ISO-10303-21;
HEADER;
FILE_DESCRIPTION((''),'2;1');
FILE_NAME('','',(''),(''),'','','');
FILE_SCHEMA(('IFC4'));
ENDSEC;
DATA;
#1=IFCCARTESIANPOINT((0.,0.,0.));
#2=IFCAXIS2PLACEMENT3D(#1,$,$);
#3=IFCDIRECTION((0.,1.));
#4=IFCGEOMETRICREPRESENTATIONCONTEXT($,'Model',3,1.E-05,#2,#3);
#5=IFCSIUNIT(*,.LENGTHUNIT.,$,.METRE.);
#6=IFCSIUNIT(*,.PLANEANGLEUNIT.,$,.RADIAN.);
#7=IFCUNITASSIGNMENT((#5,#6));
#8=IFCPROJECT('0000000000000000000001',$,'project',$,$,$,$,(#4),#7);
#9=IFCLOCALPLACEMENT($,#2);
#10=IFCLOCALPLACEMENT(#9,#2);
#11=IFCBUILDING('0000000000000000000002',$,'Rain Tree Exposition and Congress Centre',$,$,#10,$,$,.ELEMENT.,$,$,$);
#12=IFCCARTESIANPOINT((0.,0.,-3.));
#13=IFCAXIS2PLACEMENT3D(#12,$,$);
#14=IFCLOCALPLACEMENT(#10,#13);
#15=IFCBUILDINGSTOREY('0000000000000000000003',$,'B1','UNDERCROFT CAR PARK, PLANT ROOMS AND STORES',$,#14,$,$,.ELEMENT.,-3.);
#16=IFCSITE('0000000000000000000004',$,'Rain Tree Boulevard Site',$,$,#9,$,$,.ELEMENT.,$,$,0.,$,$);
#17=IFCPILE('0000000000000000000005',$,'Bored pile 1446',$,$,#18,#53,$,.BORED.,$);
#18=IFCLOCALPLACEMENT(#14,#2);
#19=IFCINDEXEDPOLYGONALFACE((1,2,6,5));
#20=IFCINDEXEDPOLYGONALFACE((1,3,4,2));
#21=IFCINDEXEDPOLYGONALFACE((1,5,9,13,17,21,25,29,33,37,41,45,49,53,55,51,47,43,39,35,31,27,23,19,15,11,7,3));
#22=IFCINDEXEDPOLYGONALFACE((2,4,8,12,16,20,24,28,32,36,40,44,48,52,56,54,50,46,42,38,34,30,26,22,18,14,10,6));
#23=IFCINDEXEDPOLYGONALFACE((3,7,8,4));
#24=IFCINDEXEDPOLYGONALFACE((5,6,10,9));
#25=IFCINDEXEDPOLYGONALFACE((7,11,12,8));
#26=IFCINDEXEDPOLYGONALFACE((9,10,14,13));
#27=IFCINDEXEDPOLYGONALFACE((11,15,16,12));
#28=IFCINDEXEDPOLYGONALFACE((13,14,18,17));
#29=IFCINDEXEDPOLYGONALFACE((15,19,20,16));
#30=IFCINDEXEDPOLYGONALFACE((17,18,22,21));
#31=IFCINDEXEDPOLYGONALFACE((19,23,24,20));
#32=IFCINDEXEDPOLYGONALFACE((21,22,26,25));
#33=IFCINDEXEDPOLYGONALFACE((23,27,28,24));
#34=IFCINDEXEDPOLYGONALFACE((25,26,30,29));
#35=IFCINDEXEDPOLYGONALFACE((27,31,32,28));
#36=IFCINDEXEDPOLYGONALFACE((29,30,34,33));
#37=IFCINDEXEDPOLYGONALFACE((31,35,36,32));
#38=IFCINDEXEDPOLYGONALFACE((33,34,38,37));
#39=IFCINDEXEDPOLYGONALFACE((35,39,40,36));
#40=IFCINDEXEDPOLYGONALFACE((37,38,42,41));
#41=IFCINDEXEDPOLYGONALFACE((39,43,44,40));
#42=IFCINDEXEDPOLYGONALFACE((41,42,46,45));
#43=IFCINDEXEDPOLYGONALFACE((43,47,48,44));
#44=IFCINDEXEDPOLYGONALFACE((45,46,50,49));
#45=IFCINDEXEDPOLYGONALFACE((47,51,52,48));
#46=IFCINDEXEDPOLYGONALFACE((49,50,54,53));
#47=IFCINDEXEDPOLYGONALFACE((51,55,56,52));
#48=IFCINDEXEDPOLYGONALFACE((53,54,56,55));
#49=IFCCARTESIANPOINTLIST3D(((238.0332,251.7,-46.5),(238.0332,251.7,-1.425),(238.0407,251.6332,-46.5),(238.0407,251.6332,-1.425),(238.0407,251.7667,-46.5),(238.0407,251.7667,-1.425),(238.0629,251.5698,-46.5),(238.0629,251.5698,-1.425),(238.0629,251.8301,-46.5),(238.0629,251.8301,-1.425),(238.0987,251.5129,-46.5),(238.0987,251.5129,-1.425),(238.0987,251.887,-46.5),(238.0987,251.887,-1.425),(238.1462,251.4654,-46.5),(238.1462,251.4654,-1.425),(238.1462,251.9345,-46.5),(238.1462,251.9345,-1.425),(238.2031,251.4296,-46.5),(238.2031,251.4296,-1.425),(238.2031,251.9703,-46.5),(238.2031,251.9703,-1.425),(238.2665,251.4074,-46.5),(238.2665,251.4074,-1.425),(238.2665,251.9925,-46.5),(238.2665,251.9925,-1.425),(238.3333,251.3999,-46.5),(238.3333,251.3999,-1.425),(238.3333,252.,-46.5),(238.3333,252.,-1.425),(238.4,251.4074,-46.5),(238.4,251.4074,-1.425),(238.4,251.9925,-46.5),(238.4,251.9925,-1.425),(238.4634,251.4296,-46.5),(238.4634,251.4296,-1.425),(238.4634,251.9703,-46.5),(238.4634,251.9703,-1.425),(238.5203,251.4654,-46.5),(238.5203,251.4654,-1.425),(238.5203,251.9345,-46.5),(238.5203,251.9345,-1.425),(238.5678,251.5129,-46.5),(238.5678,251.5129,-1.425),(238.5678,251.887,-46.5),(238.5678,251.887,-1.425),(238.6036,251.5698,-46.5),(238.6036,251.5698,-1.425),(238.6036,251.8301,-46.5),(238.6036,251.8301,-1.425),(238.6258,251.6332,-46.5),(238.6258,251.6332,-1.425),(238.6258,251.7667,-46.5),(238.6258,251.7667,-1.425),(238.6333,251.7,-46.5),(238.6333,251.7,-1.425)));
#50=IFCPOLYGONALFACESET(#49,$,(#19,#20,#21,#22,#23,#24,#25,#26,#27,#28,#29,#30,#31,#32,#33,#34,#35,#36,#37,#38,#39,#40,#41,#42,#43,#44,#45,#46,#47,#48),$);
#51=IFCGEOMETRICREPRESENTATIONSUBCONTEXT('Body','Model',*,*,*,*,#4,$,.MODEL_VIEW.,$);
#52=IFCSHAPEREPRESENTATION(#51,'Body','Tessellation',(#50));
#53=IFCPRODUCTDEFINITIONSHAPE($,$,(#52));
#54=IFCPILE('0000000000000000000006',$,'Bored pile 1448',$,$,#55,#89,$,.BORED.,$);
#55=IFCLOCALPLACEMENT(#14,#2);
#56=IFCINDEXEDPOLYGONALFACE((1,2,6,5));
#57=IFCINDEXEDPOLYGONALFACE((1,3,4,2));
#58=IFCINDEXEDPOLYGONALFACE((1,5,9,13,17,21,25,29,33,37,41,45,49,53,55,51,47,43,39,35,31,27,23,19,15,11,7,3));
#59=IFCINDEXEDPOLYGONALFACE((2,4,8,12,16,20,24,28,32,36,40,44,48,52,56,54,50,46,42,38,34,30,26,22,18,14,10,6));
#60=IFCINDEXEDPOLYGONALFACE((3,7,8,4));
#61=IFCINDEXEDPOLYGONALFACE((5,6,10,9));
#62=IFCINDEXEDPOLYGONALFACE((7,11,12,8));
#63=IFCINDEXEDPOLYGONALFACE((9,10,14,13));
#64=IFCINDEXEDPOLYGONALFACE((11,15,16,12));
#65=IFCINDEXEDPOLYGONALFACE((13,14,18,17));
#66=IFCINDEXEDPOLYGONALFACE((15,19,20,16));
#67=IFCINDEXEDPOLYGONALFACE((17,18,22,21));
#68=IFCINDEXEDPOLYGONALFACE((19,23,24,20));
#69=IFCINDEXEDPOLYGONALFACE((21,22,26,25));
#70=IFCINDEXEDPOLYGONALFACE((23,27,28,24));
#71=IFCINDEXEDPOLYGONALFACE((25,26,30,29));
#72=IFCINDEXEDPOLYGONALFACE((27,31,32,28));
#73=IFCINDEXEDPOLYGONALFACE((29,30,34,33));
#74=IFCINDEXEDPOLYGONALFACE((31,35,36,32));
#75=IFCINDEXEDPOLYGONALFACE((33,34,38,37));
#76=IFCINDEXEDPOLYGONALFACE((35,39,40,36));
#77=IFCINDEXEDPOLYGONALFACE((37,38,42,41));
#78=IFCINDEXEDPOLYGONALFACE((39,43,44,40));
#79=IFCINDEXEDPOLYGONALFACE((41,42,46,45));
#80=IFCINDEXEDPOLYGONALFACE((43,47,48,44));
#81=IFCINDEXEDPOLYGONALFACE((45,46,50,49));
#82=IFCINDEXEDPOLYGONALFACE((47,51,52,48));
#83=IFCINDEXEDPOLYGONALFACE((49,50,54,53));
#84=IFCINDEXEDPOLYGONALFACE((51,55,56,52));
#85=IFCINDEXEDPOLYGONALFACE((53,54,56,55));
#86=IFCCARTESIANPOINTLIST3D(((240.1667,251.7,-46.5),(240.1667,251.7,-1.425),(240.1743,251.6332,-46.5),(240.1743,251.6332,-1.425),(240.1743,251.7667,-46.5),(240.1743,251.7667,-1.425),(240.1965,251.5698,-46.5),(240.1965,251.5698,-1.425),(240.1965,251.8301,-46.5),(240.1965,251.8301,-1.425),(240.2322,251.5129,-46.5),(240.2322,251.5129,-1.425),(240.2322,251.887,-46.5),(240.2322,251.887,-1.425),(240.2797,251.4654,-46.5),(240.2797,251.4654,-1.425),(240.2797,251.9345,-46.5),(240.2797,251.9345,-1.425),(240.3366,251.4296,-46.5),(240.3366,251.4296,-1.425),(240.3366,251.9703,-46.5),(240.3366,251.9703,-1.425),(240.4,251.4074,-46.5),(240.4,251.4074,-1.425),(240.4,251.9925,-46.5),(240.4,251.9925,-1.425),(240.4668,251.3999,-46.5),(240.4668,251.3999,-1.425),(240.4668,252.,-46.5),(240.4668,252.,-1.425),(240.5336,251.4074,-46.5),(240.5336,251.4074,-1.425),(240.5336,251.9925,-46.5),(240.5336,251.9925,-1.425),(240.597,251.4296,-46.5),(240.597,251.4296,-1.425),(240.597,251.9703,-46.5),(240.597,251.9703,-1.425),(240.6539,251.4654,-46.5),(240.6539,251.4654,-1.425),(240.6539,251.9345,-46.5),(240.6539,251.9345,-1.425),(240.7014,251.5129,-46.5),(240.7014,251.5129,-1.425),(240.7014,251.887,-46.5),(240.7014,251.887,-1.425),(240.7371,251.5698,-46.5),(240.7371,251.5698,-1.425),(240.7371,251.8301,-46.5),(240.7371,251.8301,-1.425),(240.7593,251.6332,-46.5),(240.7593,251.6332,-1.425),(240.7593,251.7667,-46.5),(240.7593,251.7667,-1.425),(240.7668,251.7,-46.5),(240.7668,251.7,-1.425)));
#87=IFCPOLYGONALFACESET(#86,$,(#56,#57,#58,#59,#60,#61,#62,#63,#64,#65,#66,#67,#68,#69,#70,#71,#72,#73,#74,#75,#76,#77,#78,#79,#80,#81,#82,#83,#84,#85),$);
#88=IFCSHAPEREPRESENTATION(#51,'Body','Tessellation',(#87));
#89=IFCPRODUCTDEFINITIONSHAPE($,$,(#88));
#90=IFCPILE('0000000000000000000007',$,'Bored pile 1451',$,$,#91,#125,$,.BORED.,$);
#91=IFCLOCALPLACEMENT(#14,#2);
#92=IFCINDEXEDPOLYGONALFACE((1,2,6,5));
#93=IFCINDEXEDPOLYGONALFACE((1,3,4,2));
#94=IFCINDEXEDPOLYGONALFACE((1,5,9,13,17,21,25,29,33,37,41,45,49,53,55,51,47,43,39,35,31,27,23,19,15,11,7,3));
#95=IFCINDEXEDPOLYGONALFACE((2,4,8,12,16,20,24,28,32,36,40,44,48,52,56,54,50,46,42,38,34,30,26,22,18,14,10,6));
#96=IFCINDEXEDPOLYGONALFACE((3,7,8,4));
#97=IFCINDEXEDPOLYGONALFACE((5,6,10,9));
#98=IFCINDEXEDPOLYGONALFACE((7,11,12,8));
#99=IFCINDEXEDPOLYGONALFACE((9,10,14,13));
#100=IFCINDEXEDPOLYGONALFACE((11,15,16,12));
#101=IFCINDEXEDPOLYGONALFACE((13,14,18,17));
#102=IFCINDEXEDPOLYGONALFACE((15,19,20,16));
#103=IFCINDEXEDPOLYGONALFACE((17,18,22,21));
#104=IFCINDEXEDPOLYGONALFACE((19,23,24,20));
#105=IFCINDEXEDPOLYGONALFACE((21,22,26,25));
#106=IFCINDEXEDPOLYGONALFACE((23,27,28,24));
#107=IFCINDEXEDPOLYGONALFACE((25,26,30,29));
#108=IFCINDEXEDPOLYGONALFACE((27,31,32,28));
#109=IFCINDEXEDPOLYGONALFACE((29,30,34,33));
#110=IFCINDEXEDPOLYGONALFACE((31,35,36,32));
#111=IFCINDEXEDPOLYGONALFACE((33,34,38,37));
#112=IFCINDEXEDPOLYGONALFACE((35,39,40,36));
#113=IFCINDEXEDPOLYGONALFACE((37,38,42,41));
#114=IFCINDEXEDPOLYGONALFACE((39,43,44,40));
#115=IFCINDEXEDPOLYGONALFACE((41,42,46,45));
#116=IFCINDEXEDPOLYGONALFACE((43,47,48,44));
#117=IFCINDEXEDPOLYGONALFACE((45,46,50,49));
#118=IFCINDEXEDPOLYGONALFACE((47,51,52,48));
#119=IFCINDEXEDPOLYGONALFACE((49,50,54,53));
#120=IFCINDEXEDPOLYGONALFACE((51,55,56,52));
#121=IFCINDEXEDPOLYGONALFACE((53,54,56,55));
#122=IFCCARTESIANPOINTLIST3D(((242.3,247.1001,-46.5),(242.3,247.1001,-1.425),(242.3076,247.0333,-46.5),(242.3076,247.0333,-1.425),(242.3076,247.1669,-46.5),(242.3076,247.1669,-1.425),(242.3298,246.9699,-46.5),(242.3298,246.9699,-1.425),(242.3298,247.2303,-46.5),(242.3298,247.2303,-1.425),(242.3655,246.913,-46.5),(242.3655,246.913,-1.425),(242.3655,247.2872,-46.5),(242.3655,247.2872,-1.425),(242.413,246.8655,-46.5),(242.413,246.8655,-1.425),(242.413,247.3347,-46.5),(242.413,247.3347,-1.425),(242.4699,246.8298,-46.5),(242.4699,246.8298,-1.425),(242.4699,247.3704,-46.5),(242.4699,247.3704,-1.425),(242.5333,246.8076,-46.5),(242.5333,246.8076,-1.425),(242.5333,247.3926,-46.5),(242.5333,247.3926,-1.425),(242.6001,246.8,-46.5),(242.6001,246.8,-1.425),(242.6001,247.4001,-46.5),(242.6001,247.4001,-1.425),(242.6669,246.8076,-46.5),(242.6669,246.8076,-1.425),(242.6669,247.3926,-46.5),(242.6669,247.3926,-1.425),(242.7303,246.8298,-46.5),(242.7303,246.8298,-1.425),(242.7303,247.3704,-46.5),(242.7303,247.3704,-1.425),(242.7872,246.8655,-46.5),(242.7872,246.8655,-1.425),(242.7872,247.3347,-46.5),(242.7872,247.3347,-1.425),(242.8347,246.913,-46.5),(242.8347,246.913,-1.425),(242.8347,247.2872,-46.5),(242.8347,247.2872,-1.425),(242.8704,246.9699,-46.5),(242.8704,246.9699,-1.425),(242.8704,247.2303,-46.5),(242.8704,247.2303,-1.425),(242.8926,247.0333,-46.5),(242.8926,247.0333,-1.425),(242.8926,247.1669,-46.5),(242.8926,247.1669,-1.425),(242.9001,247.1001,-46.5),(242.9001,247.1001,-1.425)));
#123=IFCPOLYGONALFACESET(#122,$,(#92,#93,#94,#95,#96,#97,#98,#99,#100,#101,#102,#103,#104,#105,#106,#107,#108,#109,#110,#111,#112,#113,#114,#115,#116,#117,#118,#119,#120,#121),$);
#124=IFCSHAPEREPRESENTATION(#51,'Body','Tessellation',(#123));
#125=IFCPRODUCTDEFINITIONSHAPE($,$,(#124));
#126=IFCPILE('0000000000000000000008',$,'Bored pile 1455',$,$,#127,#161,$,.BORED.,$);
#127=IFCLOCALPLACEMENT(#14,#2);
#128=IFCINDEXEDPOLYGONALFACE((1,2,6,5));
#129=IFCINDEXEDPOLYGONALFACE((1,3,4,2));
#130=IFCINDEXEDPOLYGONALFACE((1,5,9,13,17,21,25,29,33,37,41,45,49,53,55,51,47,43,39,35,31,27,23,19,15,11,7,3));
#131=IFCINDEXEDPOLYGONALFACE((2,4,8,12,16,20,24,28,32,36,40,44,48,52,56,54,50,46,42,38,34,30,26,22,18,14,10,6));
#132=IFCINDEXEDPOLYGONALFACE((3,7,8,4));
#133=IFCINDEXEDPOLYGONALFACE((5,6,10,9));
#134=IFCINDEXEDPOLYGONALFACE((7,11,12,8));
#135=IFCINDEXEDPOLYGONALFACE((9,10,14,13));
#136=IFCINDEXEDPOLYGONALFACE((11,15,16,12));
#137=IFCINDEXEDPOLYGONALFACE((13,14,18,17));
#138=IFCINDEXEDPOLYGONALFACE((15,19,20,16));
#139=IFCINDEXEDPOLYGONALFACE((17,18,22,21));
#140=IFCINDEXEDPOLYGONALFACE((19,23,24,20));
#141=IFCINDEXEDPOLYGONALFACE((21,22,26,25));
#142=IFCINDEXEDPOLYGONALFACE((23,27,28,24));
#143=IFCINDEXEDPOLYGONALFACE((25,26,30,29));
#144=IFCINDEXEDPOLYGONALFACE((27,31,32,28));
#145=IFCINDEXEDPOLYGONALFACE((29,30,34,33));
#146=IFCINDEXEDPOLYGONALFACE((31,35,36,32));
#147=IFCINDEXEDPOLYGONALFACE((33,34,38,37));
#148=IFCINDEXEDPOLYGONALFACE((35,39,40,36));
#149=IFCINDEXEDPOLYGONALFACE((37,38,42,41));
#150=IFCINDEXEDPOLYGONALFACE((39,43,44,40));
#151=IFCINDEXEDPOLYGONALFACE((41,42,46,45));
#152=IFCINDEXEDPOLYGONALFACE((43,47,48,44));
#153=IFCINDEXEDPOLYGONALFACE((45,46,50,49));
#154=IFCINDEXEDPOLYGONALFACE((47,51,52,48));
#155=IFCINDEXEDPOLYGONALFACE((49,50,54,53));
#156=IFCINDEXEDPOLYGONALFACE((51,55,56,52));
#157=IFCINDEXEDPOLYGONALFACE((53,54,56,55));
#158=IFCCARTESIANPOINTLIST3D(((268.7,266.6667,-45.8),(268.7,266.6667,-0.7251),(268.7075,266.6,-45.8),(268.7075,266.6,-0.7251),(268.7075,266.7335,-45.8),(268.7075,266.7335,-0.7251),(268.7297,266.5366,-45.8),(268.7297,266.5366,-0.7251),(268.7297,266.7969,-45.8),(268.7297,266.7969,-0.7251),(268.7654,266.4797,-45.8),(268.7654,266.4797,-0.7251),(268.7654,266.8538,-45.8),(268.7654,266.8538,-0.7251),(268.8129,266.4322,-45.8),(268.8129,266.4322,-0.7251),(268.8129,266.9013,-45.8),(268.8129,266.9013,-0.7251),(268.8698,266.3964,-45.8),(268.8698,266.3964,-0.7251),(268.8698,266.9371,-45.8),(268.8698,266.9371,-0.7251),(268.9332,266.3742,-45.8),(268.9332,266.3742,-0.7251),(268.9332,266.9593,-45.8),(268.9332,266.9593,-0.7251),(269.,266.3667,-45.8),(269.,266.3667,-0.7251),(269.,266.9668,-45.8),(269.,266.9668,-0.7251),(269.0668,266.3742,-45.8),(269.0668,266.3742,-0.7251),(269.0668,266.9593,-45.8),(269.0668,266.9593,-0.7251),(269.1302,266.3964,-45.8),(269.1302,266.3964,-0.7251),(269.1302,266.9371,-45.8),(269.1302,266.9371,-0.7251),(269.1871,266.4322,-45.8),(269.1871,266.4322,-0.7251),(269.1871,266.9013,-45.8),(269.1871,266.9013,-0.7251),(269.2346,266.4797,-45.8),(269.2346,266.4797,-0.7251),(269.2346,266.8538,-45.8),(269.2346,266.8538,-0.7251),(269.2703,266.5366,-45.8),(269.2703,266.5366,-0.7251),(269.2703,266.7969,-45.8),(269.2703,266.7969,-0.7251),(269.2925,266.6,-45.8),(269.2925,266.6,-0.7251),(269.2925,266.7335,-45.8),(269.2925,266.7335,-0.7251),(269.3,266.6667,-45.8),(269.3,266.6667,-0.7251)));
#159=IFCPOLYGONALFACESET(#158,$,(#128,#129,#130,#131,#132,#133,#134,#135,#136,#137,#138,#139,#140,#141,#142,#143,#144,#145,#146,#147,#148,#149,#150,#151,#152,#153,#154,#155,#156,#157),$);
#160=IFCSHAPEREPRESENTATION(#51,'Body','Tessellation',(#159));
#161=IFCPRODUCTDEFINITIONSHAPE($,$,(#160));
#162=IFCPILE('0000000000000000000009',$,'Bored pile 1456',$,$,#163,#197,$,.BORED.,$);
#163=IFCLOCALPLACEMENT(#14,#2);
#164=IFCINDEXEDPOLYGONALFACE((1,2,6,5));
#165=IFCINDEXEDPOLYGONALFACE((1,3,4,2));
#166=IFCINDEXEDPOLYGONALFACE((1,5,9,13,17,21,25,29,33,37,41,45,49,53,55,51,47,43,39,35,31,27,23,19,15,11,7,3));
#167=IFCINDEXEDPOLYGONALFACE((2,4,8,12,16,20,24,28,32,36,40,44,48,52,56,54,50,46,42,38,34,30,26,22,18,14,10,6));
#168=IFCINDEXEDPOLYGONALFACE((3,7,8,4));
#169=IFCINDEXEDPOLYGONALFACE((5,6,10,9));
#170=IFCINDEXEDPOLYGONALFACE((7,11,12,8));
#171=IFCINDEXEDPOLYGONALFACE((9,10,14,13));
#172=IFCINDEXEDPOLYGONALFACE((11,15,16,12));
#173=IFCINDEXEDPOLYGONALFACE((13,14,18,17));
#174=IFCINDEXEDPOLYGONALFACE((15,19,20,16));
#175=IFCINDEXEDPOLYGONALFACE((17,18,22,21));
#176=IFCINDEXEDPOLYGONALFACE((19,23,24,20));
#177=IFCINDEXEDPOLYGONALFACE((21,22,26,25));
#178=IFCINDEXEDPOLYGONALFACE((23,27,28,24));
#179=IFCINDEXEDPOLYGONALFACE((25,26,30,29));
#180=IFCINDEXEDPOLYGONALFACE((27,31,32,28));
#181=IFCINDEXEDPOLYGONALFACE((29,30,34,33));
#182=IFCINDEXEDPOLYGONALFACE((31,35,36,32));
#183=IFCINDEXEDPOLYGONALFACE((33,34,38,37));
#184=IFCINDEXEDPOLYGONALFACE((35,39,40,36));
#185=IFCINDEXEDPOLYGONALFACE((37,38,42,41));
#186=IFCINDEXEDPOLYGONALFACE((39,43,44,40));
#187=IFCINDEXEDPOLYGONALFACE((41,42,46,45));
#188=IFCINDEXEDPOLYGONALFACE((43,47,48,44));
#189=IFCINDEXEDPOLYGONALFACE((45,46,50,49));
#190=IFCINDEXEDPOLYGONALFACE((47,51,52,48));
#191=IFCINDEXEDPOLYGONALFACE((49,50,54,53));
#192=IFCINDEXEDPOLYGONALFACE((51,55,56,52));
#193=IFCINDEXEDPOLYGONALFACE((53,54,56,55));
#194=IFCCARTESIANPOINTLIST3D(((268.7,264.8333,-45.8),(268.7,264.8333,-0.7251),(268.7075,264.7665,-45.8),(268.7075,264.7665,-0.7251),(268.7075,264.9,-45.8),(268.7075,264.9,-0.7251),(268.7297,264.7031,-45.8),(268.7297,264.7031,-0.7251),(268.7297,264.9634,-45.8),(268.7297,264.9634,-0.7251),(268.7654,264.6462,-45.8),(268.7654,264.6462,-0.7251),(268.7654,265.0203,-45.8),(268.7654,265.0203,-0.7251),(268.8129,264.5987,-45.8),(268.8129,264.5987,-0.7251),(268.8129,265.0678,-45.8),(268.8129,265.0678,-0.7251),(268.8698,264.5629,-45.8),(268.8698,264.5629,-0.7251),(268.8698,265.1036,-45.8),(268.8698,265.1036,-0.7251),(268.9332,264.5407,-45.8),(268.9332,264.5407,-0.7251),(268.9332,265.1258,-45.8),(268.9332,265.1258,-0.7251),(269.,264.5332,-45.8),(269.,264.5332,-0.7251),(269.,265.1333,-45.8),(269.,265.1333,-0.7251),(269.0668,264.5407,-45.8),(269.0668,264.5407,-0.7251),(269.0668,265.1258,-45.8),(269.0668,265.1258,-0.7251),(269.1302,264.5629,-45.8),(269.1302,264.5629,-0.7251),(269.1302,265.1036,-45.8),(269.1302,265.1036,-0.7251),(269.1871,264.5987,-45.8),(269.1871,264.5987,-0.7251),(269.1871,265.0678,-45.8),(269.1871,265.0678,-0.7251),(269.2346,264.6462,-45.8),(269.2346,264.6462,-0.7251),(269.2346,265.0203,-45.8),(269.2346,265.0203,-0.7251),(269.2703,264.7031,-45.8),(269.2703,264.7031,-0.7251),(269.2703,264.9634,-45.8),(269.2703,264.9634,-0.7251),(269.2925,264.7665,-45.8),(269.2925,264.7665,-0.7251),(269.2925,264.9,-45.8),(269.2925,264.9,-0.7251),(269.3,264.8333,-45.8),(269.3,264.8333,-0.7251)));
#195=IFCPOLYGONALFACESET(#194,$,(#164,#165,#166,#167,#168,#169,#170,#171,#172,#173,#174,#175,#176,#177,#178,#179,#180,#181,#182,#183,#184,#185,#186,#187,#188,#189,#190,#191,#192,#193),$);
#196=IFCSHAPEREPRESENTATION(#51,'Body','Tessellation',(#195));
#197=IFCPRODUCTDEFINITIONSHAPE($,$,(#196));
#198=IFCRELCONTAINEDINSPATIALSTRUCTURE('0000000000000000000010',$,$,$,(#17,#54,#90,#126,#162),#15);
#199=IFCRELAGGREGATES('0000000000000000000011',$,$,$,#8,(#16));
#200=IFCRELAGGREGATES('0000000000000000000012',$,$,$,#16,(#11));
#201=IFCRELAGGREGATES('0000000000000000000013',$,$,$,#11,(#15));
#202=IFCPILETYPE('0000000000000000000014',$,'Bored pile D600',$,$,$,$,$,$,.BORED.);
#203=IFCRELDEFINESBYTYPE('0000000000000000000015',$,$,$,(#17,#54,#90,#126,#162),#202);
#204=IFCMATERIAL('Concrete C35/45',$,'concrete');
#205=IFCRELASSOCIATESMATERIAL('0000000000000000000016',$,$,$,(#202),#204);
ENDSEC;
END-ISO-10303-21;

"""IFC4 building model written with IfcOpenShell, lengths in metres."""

from ifc_helpers import new_model, si_unit, direction, frame, origin, origin_2d, place, context, subcontext, project, spatial, circle, extrude, material, material_profile, profile_set, type_object, element, save


model = new_model("IFC4")

# Units and contexts
model_context = context("Model", 3, precision=1e-05, world=origin(), true_north=direction((0.0, 1.0)))
body_context = subcontext(model_context, "Body", "Model", "MODEL_VIEW")
ifc_project = project(units=[si_unit("LENGTHUNIT", "METRE"), si_unit("PLANEANGLEUNIT", "RADIAN")], contexts=[model_context])

# Site, building, storey
site_placement = place(None, origin())
site = spatial("IfcSite", under=ifc_project, at=site_placement, Name="Rain Tree Boulevard Site", CompositionType="ELEMENT", RefElevation=0.0)
building_placement = place(site_placement, origin())
building = spatial("IfcBuilding", under=site, at=building_placement, Name="Rain Tree Exposition and Congress Centre", CompositionType="ELEMENT")
storey_placement = place(building_placement, frame((0.0, 0.0, -3.0)))
storey = spatial("IfcBuildingStorey", under=building, at=storey_placement, Name="B1", Description="UNDERCROFT CAR PARK, PLANT ROOMS AND STORES", CompositionType="ELEMENT", Elevation=-3.0)

# Piles
ifc_material_1 = material(Name="Concrete C35/45", Category="concrete")
ifc_material_profile_1 = material_profile(ifc_material_1, circle(Radius=0.3, at=origin_2d()), Name="D600")
ifc_profile_set_1 = profile_set([ifc_material_profile_1], Name="Concrete C35/45")
pile_type_1 = type_object("IfcPileType", Name="Bored pile D600", PredefinedType="BORED", material=ifc_profile_set_1)
for number, where, z_axis, x_axis, name in (
    (1, (238.3333, 251.7, -1.425), (0.0, 0.0, -1.0), (1.0, 0.0, 0.0), "Bored pile 1446"),
    (2, (240.4668, 251.7, -1.425), (0.0, 0.0, -1.0), (1.0, 0.0, 0.0), "Bored pile 1448"),
    (3, (242.6001, 247.1001, -1.425), (0.0, 0.0, -1.0), (1.0, 0.0, 0.0), "Bored pile 1451"),
    (4, (269.0, 266.6667, -0.7251), (0.0, 0.0, -1.0), (1.0, 0.0, 0.0), "Bored pile 1455"),
    (5, (269.0, 264.8333, -0.7251), (0.0, 0.0, -1.0), (1.0, 0.0, 0.0), "Bored pile 1456"),
):
    element("IfcPile", number, at=place(storey_placement, frame(where, z_axis=z_axis, x_axis=x_axis)), inside=storey, type_object=pile_type_1, Name=name, PredefinedType="BORED", context=body_context, shape_type="SweptSolid", body=[
        extrude(circle(Radius=0.3, at=origin_2d()), origin(), (0.0, 0.0, 1.0), 45.075),
    ])

save(model, "model.ifc")
